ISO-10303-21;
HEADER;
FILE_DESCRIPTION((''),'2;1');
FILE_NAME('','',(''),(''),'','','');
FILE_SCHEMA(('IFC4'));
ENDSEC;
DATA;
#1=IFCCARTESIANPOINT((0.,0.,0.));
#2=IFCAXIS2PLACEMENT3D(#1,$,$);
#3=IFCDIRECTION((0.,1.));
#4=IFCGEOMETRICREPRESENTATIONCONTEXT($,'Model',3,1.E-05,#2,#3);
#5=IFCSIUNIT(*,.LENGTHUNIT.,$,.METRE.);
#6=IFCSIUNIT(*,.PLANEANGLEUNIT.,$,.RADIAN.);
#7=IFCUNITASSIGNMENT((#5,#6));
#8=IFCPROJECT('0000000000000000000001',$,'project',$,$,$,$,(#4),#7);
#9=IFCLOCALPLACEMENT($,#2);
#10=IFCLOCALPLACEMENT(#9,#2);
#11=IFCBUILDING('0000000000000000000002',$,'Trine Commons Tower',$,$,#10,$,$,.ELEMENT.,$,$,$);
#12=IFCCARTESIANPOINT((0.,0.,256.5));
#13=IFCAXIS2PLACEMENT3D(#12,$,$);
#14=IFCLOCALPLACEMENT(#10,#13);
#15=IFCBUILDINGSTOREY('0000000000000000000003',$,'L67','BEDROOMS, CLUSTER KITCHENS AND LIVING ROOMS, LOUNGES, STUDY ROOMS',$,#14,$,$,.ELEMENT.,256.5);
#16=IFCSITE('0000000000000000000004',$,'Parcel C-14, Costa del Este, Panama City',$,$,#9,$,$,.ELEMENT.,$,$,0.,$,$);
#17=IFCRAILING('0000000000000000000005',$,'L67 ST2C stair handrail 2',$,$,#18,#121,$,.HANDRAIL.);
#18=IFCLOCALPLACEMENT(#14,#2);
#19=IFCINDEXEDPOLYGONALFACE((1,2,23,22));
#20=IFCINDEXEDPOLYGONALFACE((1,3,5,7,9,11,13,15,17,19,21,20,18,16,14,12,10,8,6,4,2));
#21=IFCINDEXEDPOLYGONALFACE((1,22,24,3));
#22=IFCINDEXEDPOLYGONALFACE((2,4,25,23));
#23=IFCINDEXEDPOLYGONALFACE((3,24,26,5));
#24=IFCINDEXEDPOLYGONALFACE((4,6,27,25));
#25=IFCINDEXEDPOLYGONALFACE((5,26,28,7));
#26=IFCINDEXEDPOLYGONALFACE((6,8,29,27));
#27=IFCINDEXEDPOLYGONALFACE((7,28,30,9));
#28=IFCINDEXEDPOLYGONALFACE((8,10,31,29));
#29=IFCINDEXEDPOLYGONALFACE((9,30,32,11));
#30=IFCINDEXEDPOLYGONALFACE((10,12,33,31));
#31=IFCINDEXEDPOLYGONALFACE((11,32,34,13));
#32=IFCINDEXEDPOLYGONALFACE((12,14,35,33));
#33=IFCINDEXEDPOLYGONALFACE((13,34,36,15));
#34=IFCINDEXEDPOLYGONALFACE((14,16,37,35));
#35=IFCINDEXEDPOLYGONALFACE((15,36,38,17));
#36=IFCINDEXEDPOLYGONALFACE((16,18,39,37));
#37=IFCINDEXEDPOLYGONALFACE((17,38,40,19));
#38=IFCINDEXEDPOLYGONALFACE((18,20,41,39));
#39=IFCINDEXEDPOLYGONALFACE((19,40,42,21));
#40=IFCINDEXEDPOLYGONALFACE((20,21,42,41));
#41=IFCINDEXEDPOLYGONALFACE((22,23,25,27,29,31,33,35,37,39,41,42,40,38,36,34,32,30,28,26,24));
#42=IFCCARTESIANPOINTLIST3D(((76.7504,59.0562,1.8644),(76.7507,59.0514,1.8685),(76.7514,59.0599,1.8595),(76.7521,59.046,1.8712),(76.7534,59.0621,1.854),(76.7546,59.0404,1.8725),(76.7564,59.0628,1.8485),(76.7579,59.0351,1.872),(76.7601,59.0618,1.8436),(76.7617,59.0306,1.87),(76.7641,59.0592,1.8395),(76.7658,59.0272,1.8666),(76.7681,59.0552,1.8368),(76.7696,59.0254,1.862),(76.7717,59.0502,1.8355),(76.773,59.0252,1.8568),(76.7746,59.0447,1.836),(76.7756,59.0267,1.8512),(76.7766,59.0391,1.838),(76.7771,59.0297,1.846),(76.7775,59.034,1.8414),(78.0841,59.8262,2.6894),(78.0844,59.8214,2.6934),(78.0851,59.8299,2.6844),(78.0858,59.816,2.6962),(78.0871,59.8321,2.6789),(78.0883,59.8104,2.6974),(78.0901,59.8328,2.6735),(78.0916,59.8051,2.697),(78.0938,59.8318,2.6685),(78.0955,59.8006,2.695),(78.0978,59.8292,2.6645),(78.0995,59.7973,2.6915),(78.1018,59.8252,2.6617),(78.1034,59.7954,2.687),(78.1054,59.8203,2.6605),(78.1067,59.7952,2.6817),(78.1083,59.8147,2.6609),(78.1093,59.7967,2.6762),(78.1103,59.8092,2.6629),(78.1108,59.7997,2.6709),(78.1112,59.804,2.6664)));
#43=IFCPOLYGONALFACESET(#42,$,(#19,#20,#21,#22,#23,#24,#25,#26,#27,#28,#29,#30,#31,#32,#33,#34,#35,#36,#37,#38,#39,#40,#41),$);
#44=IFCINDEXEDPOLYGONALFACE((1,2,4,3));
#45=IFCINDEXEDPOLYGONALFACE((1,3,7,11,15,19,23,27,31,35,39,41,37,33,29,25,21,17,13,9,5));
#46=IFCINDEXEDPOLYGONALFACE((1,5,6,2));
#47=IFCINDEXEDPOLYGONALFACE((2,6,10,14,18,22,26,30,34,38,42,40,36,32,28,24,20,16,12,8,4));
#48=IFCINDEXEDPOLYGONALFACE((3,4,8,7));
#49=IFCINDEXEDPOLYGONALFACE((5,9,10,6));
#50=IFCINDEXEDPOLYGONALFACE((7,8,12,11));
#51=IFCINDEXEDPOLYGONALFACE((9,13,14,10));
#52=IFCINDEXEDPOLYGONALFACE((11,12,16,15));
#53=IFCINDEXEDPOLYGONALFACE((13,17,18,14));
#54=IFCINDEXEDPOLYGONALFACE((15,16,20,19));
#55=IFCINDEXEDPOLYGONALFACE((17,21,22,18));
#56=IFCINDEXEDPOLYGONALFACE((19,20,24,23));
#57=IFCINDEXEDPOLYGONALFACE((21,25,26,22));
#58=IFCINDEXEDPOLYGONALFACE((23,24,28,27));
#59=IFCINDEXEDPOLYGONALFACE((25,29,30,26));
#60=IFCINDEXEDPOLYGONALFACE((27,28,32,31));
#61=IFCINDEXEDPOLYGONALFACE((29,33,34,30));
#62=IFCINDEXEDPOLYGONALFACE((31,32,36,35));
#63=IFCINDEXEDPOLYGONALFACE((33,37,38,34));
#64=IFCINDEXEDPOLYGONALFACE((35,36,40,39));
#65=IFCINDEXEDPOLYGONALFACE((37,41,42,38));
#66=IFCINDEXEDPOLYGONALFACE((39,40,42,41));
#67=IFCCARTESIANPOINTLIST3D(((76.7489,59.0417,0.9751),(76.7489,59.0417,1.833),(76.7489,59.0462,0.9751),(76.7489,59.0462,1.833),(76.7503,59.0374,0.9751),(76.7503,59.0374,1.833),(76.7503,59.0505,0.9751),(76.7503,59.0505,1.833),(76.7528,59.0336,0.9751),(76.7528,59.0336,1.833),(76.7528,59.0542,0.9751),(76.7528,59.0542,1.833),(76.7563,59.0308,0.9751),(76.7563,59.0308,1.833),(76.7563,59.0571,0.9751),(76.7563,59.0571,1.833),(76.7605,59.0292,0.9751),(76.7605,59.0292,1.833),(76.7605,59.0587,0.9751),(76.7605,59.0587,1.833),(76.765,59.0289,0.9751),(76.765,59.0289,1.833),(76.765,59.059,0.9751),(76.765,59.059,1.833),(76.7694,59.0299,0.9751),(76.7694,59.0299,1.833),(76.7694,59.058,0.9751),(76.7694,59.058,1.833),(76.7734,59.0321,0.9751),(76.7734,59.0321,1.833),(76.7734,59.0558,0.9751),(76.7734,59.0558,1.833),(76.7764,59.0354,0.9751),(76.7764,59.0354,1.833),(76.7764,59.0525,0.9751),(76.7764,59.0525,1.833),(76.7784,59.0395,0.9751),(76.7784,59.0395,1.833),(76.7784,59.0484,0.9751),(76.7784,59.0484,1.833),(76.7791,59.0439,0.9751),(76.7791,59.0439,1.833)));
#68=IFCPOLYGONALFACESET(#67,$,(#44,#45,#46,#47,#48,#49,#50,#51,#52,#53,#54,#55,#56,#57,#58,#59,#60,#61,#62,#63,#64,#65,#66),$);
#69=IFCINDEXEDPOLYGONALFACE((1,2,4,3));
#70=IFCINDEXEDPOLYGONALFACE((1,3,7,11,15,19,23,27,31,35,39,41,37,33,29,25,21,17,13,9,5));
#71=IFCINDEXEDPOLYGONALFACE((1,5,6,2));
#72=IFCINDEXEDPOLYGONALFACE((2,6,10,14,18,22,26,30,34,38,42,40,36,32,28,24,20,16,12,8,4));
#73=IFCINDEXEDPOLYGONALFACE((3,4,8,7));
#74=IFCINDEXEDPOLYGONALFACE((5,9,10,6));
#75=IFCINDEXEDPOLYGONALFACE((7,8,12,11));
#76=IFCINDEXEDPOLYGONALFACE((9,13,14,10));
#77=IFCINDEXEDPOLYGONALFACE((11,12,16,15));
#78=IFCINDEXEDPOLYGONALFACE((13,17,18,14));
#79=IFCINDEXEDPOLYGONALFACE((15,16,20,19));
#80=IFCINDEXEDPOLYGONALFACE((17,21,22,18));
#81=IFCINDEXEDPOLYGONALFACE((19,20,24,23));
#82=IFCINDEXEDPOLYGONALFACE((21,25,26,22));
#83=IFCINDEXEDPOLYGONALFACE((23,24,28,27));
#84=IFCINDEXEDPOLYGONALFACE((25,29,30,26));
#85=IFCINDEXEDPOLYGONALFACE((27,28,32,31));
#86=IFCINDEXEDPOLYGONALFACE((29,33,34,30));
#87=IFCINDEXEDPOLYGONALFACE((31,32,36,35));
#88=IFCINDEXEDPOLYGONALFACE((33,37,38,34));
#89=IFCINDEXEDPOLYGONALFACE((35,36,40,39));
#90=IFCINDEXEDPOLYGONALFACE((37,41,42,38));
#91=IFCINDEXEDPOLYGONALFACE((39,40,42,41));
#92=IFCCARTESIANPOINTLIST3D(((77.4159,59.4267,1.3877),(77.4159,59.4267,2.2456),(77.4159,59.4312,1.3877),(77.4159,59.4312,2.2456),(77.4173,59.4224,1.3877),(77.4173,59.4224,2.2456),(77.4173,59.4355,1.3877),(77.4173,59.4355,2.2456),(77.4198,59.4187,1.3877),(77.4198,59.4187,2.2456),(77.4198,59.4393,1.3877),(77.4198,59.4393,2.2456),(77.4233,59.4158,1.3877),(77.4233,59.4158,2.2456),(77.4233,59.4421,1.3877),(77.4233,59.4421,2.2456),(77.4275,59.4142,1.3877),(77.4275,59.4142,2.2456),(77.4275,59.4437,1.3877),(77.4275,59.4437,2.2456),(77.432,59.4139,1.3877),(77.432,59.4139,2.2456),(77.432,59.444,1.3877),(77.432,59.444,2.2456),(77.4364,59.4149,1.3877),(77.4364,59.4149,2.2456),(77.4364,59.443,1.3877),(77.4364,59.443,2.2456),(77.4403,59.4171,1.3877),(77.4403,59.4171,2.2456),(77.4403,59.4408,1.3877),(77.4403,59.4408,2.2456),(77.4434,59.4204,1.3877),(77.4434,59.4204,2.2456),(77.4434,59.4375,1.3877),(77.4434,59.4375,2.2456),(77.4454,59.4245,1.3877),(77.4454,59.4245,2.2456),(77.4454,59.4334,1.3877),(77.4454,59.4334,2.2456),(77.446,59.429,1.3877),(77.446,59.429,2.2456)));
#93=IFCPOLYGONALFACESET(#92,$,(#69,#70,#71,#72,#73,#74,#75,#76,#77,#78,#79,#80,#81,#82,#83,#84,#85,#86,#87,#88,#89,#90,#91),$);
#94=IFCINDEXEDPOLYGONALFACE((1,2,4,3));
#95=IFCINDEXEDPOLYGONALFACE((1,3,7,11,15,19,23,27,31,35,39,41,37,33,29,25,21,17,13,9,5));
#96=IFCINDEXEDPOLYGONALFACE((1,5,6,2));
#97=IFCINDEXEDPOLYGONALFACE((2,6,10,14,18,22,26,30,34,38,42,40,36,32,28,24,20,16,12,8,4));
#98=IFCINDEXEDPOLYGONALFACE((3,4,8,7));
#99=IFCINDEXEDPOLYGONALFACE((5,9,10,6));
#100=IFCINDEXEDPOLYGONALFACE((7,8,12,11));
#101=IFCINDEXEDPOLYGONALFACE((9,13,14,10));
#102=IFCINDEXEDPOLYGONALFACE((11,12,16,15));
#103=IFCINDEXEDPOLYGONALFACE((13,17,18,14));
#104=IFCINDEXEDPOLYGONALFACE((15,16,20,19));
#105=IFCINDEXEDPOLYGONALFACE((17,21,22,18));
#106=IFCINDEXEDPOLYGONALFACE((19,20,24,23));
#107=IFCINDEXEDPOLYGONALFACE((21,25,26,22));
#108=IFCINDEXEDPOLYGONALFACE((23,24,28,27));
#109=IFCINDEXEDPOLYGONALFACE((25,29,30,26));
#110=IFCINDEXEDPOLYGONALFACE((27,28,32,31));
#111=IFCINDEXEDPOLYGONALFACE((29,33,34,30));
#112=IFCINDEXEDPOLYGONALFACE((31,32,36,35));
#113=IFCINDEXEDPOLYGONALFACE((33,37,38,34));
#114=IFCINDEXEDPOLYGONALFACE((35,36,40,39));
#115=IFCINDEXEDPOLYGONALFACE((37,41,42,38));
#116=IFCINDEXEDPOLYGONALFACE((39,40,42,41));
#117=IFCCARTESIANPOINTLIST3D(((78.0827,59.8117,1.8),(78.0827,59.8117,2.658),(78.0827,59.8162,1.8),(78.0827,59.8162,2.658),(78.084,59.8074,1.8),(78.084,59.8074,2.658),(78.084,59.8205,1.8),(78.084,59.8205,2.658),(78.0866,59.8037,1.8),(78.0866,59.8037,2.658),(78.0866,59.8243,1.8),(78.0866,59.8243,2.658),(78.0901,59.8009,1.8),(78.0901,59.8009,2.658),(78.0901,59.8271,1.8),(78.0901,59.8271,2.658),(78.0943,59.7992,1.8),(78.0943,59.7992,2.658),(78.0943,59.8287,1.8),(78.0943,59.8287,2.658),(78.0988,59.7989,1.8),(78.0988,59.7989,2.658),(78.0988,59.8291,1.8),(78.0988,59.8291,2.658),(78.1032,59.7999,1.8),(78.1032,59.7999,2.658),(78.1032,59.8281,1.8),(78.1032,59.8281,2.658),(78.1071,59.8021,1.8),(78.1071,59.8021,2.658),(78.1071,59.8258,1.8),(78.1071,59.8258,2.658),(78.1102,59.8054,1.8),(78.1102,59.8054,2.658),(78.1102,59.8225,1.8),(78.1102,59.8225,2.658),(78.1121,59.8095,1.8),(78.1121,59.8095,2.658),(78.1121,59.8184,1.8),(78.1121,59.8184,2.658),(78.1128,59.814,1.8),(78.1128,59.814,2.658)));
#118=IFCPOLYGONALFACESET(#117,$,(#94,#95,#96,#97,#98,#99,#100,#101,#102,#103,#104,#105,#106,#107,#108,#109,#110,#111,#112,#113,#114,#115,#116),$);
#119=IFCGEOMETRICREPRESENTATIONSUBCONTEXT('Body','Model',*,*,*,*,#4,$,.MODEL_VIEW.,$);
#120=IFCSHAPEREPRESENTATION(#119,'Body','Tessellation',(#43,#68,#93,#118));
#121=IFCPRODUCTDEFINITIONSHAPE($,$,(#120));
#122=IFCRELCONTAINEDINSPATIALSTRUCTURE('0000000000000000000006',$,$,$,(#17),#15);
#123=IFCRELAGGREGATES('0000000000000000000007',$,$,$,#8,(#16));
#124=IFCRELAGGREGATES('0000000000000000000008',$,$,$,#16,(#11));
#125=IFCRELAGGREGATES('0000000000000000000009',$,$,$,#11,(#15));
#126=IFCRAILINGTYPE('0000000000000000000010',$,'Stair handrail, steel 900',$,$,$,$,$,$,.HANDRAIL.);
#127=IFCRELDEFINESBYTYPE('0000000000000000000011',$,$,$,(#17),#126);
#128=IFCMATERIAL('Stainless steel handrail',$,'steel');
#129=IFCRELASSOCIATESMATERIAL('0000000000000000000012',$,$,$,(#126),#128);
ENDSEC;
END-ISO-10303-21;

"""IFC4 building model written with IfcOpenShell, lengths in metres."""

from ifc_helpers import new_model, si_unit, direction, frame, origin, origin_2d, place, context, subcontext, project, spatial, circle, extrude, material, type_object, element, save


model = new_model("IFC4")

# Units and contexts
model_context = context("Model", 3, precision=1e-05, world=origin(), true_north=direction((0.0, 1.0)))
body_context = subcontext(model_context, "Body", "Model", "MODEL_VIEW")
ifc_project = project(units=[si_unit("LENGTHUNIT", "METRE"), si_unit("PLANEANGLEUNIT", "RADIAN")], contexts=[model_context])

# Site, building, storey
site_placement = place(None, origin())
site = spatial("IfcSite", under=ifc_project, at=site_placement, Name="Parcel C-14, Costa del Este, Panama City", CompositionType="ELEMENT", RefElevation=0.0)
building_placement = place(site_placement, origin())
building = spatial("IfcBuilding", under=site, at=building_placement, Name="Trine Commons Tower", CompositionType="ELEMENT")
storey_placement = place(building_placement, frame((0.0, 0.0, 256.5)))
storey = spatial("IfcBuildingStorey", under=building, at=storey_placement, Name="L67", Description="BEDROOMS, CLUSTER KITCHENS AND LIVING ROOMS, LOUNGES, STUDY ROOMS", CompositionType="ELEMENT", Elevation=256.5)

# Railing
ifc_material_1 = material(Name="Stainless steel handrail", Category="steel")
railing_type_1 = type_object("IfcRailingType", Name="Stair handrail, steel 900", PredefinedType="HANDRAIL", material=ifc_material_1)
railing_1_placement = place(storey_placement, frame((76.7639, 59.0439, 0.9751)))
element("IfcRailing", 1, at=railing_1_placement, inside=storey, type_object=railing_type_1, Name="L67 ST2C stair handrail 2", PredefinedType="HANDRAIL", context=body_context, shape_type="SweptSolid", body=[
    extrude(circle(Radius=0.021, at=origin_2d()), frame((0.0, 0.0, 0.8789), z_axis=(0.763405, 0.440743, 0.472185), x_axis=(-0.499992, 0.86603, 0.0)), (0.0, 0.0, 1.0), 1.7471),
    extrude(circle(Radius=0.0151, at=origin_2d()), origin(), (0.0, 0.0, 1.0), 0.8579),
    extrude(circle(Radius=0.0151, at=origin_2d()), frame((0.667, 0.385, 0.4126)), (0.0, 0.0, 1.0), 0.8579),
    extrude(circle(Radius=0.0151, at=origin_2d()), frame((1.3337, 0.77, 0.825)), (0.0, 0.0, 1.0), 0.8579),
])

save(model, "model.ifc")
